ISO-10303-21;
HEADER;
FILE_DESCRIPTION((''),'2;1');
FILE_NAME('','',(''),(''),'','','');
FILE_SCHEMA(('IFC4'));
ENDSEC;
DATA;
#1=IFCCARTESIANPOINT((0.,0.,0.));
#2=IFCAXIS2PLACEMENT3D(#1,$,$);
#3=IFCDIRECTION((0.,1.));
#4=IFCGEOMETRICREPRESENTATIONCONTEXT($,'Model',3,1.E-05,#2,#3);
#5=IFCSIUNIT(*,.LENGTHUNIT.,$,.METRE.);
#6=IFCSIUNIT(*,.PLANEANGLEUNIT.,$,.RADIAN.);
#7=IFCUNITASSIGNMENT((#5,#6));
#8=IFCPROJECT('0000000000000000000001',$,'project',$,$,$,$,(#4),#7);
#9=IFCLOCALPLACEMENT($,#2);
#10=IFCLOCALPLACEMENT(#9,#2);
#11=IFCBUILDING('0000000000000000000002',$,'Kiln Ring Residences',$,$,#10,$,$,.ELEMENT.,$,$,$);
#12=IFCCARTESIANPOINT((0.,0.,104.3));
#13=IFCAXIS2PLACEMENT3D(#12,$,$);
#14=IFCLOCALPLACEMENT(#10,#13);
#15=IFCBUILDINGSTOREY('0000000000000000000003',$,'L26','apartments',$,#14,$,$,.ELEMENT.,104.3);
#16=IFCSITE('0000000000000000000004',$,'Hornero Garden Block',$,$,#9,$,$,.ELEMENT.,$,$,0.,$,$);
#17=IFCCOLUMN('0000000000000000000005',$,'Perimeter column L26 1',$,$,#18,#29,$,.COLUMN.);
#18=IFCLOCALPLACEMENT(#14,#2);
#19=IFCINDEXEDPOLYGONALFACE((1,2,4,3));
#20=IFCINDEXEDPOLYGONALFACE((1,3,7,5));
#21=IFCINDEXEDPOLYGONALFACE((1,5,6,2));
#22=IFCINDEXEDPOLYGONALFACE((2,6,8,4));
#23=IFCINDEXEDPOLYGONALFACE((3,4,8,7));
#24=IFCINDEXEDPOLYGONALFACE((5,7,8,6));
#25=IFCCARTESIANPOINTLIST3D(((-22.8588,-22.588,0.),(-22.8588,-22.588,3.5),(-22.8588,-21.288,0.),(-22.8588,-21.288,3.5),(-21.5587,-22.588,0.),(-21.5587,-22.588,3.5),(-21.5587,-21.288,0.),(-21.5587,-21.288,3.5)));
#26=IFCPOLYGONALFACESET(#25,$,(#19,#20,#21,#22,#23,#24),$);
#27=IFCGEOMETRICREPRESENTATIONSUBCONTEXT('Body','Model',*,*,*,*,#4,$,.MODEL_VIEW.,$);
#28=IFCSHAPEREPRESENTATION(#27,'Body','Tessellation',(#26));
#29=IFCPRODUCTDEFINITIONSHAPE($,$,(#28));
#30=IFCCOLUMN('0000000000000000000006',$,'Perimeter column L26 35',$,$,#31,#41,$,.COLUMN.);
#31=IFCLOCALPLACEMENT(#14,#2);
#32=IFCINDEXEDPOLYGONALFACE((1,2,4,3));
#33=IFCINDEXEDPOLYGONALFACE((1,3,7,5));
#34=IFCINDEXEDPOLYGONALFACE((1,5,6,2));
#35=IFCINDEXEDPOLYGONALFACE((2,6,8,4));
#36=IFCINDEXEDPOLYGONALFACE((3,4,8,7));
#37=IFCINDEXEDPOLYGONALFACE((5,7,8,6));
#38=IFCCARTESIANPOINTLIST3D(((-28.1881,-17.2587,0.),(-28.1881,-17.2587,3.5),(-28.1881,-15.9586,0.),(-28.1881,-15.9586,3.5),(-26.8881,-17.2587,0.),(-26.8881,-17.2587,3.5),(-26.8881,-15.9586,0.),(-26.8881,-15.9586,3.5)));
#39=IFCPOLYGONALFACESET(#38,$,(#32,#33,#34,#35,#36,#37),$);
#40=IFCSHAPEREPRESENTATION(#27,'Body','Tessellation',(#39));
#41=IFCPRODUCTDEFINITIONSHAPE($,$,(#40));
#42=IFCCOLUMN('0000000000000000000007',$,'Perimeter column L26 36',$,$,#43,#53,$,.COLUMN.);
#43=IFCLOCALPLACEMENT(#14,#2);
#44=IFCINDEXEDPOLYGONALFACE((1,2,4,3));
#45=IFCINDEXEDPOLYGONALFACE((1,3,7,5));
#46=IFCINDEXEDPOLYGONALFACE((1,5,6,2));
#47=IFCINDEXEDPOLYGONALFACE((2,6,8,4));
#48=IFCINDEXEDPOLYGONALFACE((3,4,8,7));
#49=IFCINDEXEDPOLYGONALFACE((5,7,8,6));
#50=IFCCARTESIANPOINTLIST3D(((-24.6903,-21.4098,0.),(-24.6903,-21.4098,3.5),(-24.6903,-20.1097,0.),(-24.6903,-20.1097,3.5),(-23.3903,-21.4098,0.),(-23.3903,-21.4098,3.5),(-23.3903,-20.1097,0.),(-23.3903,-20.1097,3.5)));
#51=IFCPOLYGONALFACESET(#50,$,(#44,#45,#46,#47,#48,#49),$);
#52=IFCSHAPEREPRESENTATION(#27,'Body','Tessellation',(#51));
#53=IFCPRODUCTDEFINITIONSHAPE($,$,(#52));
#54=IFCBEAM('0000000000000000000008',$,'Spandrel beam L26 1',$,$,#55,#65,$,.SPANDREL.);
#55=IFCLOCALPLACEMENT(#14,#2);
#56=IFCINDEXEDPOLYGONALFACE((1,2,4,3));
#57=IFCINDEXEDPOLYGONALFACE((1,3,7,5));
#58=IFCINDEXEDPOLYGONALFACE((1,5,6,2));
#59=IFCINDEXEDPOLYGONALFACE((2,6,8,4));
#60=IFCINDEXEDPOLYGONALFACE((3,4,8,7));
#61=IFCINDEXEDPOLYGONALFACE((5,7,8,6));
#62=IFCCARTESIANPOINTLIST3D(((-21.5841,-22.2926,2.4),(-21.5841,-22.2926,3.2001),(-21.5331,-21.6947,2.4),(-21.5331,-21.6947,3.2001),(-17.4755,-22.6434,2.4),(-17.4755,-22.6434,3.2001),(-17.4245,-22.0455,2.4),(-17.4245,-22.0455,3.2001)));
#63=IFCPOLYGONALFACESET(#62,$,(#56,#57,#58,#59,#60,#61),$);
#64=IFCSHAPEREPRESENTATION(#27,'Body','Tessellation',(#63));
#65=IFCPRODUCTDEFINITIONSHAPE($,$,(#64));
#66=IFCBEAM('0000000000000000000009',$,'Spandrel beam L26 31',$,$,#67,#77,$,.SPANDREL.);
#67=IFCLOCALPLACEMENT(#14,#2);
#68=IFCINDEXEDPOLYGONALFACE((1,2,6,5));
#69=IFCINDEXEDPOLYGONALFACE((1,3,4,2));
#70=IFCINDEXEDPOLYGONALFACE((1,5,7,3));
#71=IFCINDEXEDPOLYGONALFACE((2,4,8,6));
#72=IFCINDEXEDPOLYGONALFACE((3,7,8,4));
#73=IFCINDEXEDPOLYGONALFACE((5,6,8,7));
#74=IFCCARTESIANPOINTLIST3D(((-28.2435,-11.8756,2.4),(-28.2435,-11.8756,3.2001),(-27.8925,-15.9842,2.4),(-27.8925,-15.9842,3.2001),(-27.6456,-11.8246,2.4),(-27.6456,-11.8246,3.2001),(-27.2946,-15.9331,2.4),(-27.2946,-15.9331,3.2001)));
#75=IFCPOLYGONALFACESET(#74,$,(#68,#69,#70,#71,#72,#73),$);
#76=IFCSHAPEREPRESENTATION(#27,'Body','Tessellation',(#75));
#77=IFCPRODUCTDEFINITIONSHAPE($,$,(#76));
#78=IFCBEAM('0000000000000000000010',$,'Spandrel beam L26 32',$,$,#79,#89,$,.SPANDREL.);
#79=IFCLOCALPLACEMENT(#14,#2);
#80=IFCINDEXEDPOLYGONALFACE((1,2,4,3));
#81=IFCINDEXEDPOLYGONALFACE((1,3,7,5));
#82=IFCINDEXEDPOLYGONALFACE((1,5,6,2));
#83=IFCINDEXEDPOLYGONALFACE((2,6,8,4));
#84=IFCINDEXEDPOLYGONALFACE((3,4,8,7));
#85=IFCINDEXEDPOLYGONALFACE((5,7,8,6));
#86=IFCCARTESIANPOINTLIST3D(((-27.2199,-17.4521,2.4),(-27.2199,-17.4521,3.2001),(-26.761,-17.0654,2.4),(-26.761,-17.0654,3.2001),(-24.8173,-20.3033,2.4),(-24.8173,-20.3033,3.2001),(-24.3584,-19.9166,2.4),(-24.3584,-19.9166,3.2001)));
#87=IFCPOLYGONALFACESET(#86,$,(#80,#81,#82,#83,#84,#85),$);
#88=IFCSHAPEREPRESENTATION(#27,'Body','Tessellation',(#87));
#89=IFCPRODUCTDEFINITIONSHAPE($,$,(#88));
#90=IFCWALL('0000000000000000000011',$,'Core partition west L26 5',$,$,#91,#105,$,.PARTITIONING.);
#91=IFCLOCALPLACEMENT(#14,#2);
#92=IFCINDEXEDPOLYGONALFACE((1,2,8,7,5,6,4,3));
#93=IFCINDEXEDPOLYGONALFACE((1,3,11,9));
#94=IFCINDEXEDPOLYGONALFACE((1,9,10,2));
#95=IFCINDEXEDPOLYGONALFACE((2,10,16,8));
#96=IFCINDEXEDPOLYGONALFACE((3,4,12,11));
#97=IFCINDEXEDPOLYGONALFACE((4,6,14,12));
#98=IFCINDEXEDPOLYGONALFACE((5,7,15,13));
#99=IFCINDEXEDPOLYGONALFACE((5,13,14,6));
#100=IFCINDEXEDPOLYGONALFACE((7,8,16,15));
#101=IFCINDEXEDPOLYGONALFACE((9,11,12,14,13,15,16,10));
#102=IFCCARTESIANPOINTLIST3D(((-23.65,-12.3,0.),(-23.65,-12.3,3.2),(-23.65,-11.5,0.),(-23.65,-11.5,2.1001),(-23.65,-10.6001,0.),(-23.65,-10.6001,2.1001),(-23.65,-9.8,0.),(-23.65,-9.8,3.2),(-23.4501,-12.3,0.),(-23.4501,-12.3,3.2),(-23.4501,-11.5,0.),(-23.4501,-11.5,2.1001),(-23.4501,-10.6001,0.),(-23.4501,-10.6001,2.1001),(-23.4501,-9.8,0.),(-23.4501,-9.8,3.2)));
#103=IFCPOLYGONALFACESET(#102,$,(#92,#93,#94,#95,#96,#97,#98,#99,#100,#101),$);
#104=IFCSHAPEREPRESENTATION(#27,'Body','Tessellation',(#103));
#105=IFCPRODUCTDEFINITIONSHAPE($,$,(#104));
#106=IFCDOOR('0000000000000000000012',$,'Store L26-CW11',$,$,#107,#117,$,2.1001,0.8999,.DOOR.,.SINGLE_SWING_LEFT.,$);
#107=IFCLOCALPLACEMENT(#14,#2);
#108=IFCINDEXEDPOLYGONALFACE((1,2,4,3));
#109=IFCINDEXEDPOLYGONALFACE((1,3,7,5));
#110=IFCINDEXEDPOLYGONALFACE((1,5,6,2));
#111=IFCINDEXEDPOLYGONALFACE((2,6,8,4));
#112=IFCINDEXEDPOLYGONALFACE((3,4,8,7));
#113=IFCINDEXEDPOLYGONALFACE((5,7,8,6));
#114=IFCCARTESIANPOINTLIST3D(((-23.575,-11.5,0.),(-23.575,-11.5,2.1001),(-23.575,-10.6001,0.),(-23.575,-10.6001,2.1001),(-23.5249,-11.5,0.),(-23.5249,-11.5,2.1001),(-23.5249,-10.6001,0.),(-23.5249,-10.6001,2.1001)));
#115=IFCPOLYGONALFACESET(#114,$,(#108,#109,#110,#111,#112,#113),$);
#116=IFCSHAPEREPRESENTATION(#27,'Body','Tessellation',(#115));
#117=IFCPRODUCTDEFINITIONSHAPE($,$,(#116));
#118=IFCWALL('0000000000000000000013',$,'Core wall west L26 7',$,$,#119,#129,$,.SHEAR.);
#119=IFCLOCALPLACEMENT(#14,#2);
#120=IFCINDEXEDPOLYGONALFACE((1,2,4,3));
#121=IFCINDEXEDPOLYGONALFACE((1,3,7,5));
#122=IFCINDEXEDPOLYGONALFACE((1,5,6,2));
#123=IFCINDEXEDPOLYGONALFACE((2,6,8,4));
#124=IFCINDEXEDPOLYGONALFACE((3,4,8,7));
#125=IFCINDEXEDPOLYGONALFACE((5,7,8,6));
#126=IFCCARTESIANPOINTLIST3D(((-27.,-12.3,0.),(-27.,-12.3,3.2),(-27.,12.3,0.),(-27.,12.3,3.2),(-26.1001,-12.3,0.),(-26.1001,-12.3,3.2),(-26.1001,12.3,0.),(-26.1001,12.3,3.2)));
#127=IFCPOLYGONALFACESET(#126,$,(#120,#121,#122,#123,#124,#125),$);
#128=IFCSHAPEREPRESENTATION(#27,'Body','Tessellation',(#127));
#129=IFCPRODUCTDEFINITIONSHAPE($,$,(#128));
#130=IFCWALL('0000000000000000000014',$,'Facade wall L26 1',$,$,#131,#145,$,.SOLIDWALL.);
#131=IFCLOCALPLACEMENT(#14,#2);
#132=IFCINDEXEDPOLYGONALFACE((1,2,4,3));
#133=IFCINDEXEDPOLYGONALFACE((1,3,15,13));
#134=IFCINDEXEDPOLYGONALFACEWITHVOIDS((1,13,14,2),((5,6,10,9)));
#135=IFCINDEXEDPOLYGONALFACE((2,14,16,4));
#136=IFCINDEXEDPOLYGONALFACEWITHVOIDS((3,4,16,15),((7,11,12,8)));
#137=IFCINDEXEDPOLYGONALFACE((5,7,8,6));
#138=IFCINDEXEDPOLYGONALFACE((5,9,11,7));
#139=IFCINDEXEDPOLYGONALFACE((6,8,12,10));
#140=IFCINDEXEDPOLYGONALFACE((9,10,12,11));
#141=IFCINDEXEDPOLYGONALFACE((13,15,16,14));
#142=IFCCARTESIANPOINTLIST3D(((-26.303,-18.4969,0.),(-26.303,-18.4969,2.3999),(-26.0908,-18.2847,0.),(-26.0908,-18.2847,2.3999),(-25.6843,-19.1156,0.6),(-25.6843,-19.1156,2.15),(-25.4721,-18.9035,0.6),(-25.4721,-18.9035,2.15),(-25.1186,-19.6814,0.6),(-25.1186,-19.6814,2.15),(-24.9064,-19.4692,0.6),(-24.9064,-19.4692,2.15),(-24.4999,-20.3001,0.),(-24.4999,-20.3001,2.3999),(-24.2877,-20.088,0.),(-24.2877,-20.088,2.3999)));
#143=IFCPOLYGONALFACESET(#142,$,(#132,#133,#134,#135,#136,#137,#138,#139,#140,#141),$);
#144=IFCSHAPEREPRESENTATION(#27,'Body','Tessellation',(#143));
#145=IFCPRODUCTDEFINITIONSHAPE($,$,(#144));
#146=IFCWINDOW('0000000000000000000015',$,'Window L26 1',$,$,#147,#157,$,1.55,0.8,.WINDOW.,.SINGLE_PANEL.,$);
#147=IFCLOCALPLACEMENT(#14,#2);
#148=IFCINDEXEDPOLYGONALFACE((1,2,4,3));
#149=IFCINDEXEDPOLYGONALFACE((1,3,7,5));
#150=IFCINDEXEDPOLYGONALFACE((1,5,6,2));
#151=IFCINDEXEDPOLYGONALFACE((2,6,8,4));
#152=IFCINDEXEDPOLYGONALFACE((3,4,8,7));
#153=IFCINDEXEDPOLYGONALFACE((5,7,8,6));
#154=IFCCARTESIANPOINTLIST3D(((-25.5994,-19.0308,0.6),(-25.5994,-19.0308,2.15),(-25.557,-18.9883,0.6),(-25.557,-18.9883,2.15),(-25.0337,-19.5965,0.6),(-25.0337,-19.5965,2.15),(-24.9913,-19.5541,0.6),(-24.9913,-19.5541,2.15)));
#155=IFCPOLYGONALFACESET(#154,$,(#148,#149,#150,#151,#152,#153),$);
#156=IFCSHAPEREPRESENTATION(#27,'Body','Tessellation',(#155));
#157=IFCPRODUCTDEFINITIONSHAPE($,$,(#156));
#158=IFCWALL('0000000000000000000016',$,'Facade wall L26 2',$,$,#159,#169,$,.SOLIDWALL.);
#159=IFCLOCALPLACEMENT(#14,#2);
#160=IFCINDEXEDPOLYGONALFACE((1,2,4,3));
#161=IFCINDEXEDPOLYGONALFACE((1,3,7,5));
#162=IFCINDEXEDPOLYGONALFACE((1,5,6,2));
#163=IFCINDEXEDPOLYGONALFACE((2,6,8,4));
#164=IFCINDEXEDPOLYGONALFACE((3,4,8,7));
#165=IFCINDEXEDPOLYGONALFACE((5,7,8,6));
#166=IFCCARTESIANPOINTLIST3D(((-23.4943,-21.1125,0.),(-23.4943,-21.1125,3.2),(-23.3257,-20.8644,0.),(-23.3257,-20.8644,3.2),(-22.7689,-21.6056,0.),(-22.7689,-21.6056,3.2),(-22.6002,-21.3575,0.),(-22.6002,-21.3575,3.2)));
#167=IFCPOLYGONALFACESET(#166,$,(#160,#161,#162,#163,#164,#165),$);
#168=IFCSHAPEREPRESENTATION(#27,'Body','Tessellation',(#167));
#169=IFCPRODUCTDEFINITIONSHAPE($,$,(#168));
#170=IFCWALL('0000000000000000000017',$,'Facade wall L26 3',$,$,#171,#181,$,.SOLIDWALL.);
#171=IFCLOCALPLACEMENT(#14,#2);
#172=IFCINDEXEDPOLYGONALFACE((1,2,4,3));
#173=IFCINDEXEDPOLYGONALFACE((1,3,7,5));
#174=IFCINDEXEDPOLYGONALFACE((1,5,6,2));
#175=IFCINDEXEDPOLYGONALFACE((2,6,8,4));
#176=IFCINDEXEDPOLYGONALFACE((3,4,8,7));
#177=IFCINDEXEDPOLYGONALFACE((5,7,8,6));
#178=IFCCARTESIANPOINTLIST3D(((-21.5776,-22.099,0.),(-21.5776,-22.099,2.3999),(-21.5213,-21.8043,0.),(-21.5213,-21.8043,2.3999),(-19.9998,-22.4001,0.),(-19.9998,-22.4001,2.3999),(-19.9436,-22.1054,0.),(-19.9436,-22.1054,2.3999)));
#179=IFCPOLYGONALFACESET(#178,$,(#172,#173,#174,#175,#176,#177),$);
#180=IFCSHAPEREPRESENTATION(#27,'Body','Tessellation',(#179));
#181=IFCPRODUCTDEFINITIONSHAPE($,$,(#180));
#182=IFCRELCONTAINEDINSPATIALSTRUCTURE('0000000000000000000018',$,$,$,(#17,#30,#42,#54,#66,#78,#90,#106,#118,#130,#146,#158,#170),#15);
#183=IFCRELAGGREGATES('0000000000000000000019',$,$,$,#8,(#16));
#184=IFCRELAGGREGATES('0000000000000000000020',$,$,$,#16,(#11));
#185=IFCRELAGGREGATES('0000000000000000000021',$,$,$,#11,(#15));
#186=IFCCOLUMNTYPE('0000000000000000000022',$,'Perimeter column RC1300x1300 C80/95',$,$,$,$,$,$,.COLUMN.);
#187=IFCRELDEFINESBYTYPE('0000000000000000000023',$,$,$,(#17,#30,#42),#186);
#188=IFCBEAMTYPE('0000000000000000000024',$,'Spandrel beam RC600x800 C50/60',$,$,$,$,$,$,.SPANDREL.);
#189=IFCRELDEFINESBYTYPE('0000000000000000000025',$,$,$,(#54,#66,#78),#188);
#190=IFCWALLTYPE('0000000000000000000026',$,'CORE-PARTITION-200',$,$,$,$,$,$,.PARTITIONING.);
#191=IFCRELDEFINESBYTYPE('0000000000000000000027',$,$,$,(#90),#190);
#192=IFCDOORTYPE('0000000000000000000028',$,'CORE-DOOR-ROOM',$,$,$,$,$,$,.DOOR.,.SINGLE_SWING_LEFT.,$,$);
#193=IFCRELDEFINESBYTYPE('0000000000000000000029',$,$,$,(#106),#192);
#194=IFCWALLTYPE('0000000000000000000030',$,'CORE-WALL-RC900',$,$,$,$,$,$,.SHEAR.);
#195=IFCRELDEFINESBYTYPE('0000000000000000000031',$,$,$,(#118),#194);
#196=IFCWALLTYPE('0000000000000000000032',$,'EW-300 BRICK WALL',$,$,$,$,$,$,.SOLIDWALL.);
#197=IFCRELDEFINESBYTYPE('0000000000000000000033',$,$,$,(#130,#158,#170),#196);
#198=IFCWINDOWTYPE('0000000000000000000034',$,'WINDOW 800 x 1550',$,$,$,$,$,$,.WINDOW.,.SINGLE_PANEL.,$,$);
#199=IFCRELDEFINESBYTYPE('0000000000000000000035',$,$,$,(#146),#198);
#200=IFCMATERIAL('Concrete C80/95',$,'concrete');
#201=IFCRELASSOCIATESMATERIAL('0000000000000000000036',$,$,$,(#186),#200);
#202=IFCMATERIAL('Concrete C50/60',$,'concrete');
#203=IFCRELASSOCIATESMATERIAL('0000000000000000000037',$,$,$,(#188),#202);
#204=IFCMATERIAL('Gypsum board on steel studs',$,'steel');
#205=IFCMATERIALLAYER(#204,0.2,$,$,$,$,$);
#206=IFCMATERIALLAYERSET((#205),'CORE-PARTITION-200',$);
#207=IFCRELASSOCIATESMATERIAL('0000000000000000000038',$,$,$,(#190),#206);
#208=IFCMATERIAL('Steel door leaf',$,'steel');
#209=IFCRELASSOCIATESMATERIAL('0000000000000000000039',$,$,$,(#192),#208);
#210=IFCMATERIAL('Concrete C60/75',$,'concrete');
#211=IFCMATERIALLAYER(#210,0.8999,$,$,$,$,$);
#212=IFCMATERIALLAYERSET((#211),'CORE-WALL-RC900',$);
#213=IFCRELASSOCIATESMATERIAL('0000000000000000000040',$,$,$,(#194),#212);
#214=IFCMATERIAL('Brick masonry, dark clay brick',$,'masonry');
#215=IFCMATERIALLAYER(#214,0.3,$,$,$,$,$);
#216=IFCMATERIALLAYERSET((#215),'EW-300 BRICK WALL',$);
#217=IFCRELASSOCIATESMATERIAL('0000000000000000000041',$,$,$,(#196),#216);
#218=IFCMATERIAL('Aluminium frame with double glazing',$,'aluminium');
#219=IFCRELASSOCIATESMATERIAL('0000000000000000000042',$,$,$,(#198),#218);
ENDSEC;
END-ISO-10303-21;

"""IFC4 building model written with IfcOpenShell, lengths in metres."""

from ifc_helpers import new_model, si_unit, direction, frame, frame_2d, origin, origin_2d, place, context, subcontext, project, spatial, rectangle, extrude, material, layer, layer_set, material_profile, profile_set, type_object, element, fill, save


model = new_model("IFC4")

# Units and contexts
model_context = context("Model", 3, precision=1e-05, world=origin(), true_north=direction((0.0, 1.0)))
body_context = subcontext(model_context, "Body", "Model", "MODEL_VIEW")
ifc_project = project(units=[si_unit("LENGTHUNIT", "METRE"), si_unit("PLANEANGLEUNIT", "RADIAN")], contexts=[model_context])

# Site, building, storey
site_placement = place(None, origin())
site = spatial("IfcSite", under=ifc_project, at=site_placement, Name="Hornero Garden Block", CompositionType="ELEMENT", RefElevation=0.0)
building_placement = place(site_placement, origin())
building = spatial("IfcBuilding", under=site, at=building_placement, Name="Kiln Ring Residences", CompositionType="ELEMENT")
storey_placement = place(building_placement, frame((0.0, 0.0, 104.3)))
storey = spatial("IfcBuildingStorey", under=building, at=storey_placement, Name="L26", Description="apartments", CompositionType="ELEMENT", Elevation=104.3)

# Columns
ifc_material_1 = material(Name="Concrete C80/95", Category="concrete")
ifc_material_profile_1 = material_profile(ifc_material_1, rectangle(XDim=1.3, YDim=1.3, at=origin_2d()), Name="RC1300x1300")
ifc_profile_set_1 = profile_set([ifc_material_profile_1], Name="Concrete C80/95")
column_type = type_object("IfcColumnType", Name="Perimeter column RC1300x1300 C80/95", PredefinedType="COLUMN", material=ifc_profile_set_1)
for number, where, z_axis, x_axis, name in (
    (1, (-22.2087, -21.938, 0.0), (0.0, 0.0, 1.0), (1.0, 0.0, 0.0), "Perimeter column L26 1"),
    (2, (-27.5381, -16.6086, 0.0), (0.0, 0.0, 1.0), (1.0, 0.0, 0.0), "Perimeter column L26 35"),
    (3, (-24.0403, -20.7598, 0.0), (0.0, 0.0, 1.0), (1.0, 0.0, 0.0), "Perimeter column L26 36"),
):
    element("IfcColumn", number, at=place(storey_placement, frame(where, z_axis=z_axis, x_axis=x_axis)), inside=storey, type_object=column_type, Name=name, PredefinedType="COLUMN", context=body_context, shape_type="SweptSolid", body=[
        extrude(rectangle(XDim=1.3, YDim=1.3, at=origin_2d()), origin(), (0.0, 0.0, 1.0), 3.5),
    ])

# Beams
ifc_material_2 = material(Name="Concrete C50/60", Category="concrete")
ifc_material_profile_2 = material_profile(ifc_material_2, rectangle(XDim=0.6001, YDim=0.8, at=origin_2d()), Name="RC600x800")
ifc_profile_set_2 = profile_set([ifc_material_profile_2], Name="Concrete C50/60")
beam_type = type_object("IfcBeamType", Name="Spandrel beam RC600x800 C50/60", PredefinedType="SPANDREL", material=ifc_profile_set_2)
for number, where, z_axis, x_axis, name in (
    (4, (-21.5586, -21.9937, 2.8), (0.996374, -0.085079, 0.0), (0.085079, 0.996374, 0.0), "Spandrel beam L26 1"),
    (5, (-27.9446, -11.8501, 2.8), (0.085137, -0.996369, 0.0), (0.996369, 0.085137, 0.0), "Spandrel beam L26 31"),
):
    element("IfcBeam", number, at=place(storey_placement, frame(where, z_axis=z_axis, x_axis=x_axis)), inside=storey, type_object=beam_type, Name=name, PredefinedType="SPANDREL", context=body_context, shape_type="SweptSolid", body=[
        extrude(rectangle(XDim=0.6001, YDim=0.8, at=origin_2d()), origin(), (0.0, 0.0, 1.0), 4.1235),
    ])
beam_placement = place(storey_placement, frame((-26.9905, -17.2588, 2.8), z_axis=(0.6444, -0.764689, 0.0), x_axis=(0.764689, 0.6444, 0.0)))
element("IfcBeam", 6, at=beam_placement, inside=storey, type_object=beam_type, Name="Spandrel beam L26 32", PredefinedType="SPANDREL", context=body_context, shape_type="SweptSolid", body=[
    extrude(rectangle(XDim=0.6001, YDim=0.8, at=origin_2d()), origin(), (0.0, 0.0, 1.0), 3.7285),
])

# Wall, opening, door
ifc_material_3 = material(Name="Gypsum board on steel studs", Category="steel")
ifc_layer_1 = layer(ifc_material_3, 0.2)
ifc_layer_set_1 = layer_set([ifc_layer_1], Name="CORE-PARTITION-200")
wall_type_1 = type_object("IfcWallType", Name="CORE-PARTITION-200", PredefinedType="PARTITIONING", material=ifc_layer_set_1)
wall_1_placement = place(storey_placement, frame((-23.55, -12.3, 0.0), z_axis=(0.0, 0.0, 1.0), x_axis=(0.0, 1.0, 0.0)))
wall_1 = element("IfcWall", 7, at=wall_1_placement, inside=storey, type_object=wall_type_1, Name="Core partition west L26 5", PredefinedType="PARTITIONING", context=body_context, shape_type="SweptSolid", body=[
    extrude(rectangle(XDim=2.5, YDim=0.2, at=frame_2d((1.25, 0.0))), origin(), (0.0, 0.0, 1.0), 3.2),
])
opening_1_placement = place(wall_1_placement, frame((0.8, 0.0, 0.0)))
opening_1 = element("IfcOpeningElement", 8, at=opening_1_placement, cuts=wall_1, PredefinedType="OPENING", context=body_context, shape_type="SweptSolid", body=[
    extrude(rectangle(XDim=0.8999, YDim=2.1001, at=frame_2d((0.45, 1.05))), frame((0.0, 0.1099, 0.0), z_axis=(0.0, -1.0, 0.0), x_axis=(1.0, 0.0, 0.0)), (0.0, 0.0, 1.0), 0.22),
])
ifc_material_4 = material(Name="Steel door leaf", Category="steel")
door_type_1 = type_object("IfcDoorType", Name="CORE-DOOR-ROOM", OperationType="SINGLE_SWING_LEFT", PredefinedType="DOOR", material=ifc_material_4)
door_1_placement = place(opening_1_placement, origin())
door_1 = element("IfcDoor", 9, at=door_1_placement, inside=storey, type_object=door_type_1, Name="Store L26-CW11", OperationType="SINGLE_SWING_LEFT", OverallHeight=2.1001, OverallWidth=0.8999, PredefinedType="DOOR", context=body_context, shape_type="SweptSolid", body=[
    extrude(rectangle(XDim=0.8999, YDim=2.1001, at=frame_2d((0.45, 1.05))), frame((0.0, 0.0249, 0.0), z_axis=(0.0, -1.0, 0.0), x_axis=(1.0, 0.0, 0.0)), (0.0, 0.0, 1.0), 0.05),
])
fill(opening_1, door_1)

# Wall
ifc_material_5 = material(Name="Concrete C60/75", Category="concrete")
ifc_layer_2 = layer(ifc_material_5, 0.8999)
ifc_layer_set_2 = layer_set([ifc_layer_2], Name="CORE-WALL-RC900")
wall_type_2 = type_object("IfcWallType", Name="CORE-WALL-RC900", PredefinedType="SHEAR", material=ifc_layer_set_2)
wall_2_placement = place(storey_placement, frame((-26.55, -12.3, 0.0), z_axis=(0.0, 0.0, 1.0), x_axis=(0.0, 1.0, 0.0)))
element("IfcWall", 10, at=wall_2_placement, inside=storey, type_object=wall_type_2, Name="Core wall west L26 7", PredefinedType="SHEAR", context=body_context, shape_type="SweptSolid", body=[
    extrude(rectangle(XDim=24.6001, YDim=0.8999, at=frame_2d((12.3, 0.0))), origin(), (0.0, 0.0, 1.0), 3.2),
])

# Wall, opening, window
ifc_material_6 = material(Name="Brick masonry, dark clay brick", Category="masonry")
ifc_layer_3 = layer(ifc_material_6, 0.3)
ifc_layer_set_3 = layer_set([ifc_layer_3], Name="EW-300 BRICK WALL")
wall_type_3 = type_object("IfcWallType", Name="EW-300 BRICK WALL", PredefinedType="SOLIDWALL", material=ifc_layer_set_3)
wall_3_placement = place(storey_placement, frame((-26.1968, -18.3909, 0.0), z_axis=(0.0, 0.0, 1.0), x_axis=(0.707059, -0.707155, 0.0)))
wall_3 = element("IfcWall", 11, at=wall_3_placement, inside=storey, type_object=wall_type_3, Name="Facade wall L26 1", PredefinedType="SOLIDWALL", context=body_context, shape_type="SweptSolid", body=[
    extrude(rectangle(XDim=2.55, YDim=0.3, at=frame_2d((1.2749, 0.0))), origin(), (0.0, 0.0, 1.0), 2.3999),
])
opening_2_placement = place(wall_3_placement, frame((0.875, 0.0, 0.6001)))
opening_2 = element("IfcOpeningElement", 12, at=opening_2_placement, cuts=wall_3, PredefinedType="OPENING", context=body_context, shape_type="SweptSolid", body=[
    extrude(rectangle(XDim=0.8, YDim=1.55, at=frame_2d((0.3999, 0.7749))), frame((0.0, 0.1599, 0.0), z_axis=(0.0, -1.0, 0.0), x_axis=(1.0, 0.0, 0.0)), (0.0, 0.0, 1.0), 0.3201),
])
ifc_material_7 = material(Name="Aluminium frame with double glazing", Category="aluminium")
window_type_1 = type_object("IfcWindowType", Name="WINDOW 800 x 1550", PartitioningType="SINGLE_PANEL", PredefinedType="WINDOW", material=ifc_material_7)
window_1_placement = place(opening_2_placement, origin())
window_1 = element("IfcWindow", 13, at=window_1_placement, inside=storey, type_object=window_type_1, Name="Window L26 1", OverallHeight=1.55, OverallWidth=0.8, PartitioningType="SINGLE_PANEL", PredefinedType="WINDOW", context=body_context, shape_type="SweptSolid", body=[
    extrude(rectangle(XDim=0.8, YDim=1.55, at=frame_2d((0.3999, 0.7749))), frame((0.0, 0.03, 0.0), z_axis=(0.0, -1.0, 0.0), x_axis=(1.0, 0.0, 0.0)), (0.0, 0.0, 1.0), 0.0601),
])
fill(opening_2, window_1)

# Walls
wall_4_placement = place(storey_placement, frame((-23.4099, -20.9885, 0.0), z_axis=(0.0, 0.0, 1.0), x_axis=(0.827051, -0.562127, 0.0)))
element("IfcWall", 14, at=wall_4_placement, inside=storey, type_object=wall_type_3, Name="Facade wall L26 2", PredefinedType="SOLIDWALL", context=body_context, shape_type="SweptSolid", body=[
    extrude(rectangle(XDim=0.8772, YDim=0.3, at=frame_2d((0.4385, 0.0))), origin(), (0.0, 0.0, 1.0), 3.2),
])
wall_5_placement = place(storey_placement, frame((-21.5496, -21.9517, 0.0), z_axis=(0.0, 0.0, 1.0), x_axis=(0.982279, -0.187426, 0.0)))
element("IfcWall", 15, at=wall_5_placement, inside=storey, type_object=wall_type_3, Name="Facade wall L26 3", PredefinedType="SOLIDWALL", context=body_context, shape_type="SweptSolid", body=[
    extrude(rectangle(XDim=1.6062, YDim=0.3, at=frame_2d((0.8032, 0.0))), origin(), (0.0, 0.0, 1.0), 2.3999),
])

save(model, "model.ifc")
